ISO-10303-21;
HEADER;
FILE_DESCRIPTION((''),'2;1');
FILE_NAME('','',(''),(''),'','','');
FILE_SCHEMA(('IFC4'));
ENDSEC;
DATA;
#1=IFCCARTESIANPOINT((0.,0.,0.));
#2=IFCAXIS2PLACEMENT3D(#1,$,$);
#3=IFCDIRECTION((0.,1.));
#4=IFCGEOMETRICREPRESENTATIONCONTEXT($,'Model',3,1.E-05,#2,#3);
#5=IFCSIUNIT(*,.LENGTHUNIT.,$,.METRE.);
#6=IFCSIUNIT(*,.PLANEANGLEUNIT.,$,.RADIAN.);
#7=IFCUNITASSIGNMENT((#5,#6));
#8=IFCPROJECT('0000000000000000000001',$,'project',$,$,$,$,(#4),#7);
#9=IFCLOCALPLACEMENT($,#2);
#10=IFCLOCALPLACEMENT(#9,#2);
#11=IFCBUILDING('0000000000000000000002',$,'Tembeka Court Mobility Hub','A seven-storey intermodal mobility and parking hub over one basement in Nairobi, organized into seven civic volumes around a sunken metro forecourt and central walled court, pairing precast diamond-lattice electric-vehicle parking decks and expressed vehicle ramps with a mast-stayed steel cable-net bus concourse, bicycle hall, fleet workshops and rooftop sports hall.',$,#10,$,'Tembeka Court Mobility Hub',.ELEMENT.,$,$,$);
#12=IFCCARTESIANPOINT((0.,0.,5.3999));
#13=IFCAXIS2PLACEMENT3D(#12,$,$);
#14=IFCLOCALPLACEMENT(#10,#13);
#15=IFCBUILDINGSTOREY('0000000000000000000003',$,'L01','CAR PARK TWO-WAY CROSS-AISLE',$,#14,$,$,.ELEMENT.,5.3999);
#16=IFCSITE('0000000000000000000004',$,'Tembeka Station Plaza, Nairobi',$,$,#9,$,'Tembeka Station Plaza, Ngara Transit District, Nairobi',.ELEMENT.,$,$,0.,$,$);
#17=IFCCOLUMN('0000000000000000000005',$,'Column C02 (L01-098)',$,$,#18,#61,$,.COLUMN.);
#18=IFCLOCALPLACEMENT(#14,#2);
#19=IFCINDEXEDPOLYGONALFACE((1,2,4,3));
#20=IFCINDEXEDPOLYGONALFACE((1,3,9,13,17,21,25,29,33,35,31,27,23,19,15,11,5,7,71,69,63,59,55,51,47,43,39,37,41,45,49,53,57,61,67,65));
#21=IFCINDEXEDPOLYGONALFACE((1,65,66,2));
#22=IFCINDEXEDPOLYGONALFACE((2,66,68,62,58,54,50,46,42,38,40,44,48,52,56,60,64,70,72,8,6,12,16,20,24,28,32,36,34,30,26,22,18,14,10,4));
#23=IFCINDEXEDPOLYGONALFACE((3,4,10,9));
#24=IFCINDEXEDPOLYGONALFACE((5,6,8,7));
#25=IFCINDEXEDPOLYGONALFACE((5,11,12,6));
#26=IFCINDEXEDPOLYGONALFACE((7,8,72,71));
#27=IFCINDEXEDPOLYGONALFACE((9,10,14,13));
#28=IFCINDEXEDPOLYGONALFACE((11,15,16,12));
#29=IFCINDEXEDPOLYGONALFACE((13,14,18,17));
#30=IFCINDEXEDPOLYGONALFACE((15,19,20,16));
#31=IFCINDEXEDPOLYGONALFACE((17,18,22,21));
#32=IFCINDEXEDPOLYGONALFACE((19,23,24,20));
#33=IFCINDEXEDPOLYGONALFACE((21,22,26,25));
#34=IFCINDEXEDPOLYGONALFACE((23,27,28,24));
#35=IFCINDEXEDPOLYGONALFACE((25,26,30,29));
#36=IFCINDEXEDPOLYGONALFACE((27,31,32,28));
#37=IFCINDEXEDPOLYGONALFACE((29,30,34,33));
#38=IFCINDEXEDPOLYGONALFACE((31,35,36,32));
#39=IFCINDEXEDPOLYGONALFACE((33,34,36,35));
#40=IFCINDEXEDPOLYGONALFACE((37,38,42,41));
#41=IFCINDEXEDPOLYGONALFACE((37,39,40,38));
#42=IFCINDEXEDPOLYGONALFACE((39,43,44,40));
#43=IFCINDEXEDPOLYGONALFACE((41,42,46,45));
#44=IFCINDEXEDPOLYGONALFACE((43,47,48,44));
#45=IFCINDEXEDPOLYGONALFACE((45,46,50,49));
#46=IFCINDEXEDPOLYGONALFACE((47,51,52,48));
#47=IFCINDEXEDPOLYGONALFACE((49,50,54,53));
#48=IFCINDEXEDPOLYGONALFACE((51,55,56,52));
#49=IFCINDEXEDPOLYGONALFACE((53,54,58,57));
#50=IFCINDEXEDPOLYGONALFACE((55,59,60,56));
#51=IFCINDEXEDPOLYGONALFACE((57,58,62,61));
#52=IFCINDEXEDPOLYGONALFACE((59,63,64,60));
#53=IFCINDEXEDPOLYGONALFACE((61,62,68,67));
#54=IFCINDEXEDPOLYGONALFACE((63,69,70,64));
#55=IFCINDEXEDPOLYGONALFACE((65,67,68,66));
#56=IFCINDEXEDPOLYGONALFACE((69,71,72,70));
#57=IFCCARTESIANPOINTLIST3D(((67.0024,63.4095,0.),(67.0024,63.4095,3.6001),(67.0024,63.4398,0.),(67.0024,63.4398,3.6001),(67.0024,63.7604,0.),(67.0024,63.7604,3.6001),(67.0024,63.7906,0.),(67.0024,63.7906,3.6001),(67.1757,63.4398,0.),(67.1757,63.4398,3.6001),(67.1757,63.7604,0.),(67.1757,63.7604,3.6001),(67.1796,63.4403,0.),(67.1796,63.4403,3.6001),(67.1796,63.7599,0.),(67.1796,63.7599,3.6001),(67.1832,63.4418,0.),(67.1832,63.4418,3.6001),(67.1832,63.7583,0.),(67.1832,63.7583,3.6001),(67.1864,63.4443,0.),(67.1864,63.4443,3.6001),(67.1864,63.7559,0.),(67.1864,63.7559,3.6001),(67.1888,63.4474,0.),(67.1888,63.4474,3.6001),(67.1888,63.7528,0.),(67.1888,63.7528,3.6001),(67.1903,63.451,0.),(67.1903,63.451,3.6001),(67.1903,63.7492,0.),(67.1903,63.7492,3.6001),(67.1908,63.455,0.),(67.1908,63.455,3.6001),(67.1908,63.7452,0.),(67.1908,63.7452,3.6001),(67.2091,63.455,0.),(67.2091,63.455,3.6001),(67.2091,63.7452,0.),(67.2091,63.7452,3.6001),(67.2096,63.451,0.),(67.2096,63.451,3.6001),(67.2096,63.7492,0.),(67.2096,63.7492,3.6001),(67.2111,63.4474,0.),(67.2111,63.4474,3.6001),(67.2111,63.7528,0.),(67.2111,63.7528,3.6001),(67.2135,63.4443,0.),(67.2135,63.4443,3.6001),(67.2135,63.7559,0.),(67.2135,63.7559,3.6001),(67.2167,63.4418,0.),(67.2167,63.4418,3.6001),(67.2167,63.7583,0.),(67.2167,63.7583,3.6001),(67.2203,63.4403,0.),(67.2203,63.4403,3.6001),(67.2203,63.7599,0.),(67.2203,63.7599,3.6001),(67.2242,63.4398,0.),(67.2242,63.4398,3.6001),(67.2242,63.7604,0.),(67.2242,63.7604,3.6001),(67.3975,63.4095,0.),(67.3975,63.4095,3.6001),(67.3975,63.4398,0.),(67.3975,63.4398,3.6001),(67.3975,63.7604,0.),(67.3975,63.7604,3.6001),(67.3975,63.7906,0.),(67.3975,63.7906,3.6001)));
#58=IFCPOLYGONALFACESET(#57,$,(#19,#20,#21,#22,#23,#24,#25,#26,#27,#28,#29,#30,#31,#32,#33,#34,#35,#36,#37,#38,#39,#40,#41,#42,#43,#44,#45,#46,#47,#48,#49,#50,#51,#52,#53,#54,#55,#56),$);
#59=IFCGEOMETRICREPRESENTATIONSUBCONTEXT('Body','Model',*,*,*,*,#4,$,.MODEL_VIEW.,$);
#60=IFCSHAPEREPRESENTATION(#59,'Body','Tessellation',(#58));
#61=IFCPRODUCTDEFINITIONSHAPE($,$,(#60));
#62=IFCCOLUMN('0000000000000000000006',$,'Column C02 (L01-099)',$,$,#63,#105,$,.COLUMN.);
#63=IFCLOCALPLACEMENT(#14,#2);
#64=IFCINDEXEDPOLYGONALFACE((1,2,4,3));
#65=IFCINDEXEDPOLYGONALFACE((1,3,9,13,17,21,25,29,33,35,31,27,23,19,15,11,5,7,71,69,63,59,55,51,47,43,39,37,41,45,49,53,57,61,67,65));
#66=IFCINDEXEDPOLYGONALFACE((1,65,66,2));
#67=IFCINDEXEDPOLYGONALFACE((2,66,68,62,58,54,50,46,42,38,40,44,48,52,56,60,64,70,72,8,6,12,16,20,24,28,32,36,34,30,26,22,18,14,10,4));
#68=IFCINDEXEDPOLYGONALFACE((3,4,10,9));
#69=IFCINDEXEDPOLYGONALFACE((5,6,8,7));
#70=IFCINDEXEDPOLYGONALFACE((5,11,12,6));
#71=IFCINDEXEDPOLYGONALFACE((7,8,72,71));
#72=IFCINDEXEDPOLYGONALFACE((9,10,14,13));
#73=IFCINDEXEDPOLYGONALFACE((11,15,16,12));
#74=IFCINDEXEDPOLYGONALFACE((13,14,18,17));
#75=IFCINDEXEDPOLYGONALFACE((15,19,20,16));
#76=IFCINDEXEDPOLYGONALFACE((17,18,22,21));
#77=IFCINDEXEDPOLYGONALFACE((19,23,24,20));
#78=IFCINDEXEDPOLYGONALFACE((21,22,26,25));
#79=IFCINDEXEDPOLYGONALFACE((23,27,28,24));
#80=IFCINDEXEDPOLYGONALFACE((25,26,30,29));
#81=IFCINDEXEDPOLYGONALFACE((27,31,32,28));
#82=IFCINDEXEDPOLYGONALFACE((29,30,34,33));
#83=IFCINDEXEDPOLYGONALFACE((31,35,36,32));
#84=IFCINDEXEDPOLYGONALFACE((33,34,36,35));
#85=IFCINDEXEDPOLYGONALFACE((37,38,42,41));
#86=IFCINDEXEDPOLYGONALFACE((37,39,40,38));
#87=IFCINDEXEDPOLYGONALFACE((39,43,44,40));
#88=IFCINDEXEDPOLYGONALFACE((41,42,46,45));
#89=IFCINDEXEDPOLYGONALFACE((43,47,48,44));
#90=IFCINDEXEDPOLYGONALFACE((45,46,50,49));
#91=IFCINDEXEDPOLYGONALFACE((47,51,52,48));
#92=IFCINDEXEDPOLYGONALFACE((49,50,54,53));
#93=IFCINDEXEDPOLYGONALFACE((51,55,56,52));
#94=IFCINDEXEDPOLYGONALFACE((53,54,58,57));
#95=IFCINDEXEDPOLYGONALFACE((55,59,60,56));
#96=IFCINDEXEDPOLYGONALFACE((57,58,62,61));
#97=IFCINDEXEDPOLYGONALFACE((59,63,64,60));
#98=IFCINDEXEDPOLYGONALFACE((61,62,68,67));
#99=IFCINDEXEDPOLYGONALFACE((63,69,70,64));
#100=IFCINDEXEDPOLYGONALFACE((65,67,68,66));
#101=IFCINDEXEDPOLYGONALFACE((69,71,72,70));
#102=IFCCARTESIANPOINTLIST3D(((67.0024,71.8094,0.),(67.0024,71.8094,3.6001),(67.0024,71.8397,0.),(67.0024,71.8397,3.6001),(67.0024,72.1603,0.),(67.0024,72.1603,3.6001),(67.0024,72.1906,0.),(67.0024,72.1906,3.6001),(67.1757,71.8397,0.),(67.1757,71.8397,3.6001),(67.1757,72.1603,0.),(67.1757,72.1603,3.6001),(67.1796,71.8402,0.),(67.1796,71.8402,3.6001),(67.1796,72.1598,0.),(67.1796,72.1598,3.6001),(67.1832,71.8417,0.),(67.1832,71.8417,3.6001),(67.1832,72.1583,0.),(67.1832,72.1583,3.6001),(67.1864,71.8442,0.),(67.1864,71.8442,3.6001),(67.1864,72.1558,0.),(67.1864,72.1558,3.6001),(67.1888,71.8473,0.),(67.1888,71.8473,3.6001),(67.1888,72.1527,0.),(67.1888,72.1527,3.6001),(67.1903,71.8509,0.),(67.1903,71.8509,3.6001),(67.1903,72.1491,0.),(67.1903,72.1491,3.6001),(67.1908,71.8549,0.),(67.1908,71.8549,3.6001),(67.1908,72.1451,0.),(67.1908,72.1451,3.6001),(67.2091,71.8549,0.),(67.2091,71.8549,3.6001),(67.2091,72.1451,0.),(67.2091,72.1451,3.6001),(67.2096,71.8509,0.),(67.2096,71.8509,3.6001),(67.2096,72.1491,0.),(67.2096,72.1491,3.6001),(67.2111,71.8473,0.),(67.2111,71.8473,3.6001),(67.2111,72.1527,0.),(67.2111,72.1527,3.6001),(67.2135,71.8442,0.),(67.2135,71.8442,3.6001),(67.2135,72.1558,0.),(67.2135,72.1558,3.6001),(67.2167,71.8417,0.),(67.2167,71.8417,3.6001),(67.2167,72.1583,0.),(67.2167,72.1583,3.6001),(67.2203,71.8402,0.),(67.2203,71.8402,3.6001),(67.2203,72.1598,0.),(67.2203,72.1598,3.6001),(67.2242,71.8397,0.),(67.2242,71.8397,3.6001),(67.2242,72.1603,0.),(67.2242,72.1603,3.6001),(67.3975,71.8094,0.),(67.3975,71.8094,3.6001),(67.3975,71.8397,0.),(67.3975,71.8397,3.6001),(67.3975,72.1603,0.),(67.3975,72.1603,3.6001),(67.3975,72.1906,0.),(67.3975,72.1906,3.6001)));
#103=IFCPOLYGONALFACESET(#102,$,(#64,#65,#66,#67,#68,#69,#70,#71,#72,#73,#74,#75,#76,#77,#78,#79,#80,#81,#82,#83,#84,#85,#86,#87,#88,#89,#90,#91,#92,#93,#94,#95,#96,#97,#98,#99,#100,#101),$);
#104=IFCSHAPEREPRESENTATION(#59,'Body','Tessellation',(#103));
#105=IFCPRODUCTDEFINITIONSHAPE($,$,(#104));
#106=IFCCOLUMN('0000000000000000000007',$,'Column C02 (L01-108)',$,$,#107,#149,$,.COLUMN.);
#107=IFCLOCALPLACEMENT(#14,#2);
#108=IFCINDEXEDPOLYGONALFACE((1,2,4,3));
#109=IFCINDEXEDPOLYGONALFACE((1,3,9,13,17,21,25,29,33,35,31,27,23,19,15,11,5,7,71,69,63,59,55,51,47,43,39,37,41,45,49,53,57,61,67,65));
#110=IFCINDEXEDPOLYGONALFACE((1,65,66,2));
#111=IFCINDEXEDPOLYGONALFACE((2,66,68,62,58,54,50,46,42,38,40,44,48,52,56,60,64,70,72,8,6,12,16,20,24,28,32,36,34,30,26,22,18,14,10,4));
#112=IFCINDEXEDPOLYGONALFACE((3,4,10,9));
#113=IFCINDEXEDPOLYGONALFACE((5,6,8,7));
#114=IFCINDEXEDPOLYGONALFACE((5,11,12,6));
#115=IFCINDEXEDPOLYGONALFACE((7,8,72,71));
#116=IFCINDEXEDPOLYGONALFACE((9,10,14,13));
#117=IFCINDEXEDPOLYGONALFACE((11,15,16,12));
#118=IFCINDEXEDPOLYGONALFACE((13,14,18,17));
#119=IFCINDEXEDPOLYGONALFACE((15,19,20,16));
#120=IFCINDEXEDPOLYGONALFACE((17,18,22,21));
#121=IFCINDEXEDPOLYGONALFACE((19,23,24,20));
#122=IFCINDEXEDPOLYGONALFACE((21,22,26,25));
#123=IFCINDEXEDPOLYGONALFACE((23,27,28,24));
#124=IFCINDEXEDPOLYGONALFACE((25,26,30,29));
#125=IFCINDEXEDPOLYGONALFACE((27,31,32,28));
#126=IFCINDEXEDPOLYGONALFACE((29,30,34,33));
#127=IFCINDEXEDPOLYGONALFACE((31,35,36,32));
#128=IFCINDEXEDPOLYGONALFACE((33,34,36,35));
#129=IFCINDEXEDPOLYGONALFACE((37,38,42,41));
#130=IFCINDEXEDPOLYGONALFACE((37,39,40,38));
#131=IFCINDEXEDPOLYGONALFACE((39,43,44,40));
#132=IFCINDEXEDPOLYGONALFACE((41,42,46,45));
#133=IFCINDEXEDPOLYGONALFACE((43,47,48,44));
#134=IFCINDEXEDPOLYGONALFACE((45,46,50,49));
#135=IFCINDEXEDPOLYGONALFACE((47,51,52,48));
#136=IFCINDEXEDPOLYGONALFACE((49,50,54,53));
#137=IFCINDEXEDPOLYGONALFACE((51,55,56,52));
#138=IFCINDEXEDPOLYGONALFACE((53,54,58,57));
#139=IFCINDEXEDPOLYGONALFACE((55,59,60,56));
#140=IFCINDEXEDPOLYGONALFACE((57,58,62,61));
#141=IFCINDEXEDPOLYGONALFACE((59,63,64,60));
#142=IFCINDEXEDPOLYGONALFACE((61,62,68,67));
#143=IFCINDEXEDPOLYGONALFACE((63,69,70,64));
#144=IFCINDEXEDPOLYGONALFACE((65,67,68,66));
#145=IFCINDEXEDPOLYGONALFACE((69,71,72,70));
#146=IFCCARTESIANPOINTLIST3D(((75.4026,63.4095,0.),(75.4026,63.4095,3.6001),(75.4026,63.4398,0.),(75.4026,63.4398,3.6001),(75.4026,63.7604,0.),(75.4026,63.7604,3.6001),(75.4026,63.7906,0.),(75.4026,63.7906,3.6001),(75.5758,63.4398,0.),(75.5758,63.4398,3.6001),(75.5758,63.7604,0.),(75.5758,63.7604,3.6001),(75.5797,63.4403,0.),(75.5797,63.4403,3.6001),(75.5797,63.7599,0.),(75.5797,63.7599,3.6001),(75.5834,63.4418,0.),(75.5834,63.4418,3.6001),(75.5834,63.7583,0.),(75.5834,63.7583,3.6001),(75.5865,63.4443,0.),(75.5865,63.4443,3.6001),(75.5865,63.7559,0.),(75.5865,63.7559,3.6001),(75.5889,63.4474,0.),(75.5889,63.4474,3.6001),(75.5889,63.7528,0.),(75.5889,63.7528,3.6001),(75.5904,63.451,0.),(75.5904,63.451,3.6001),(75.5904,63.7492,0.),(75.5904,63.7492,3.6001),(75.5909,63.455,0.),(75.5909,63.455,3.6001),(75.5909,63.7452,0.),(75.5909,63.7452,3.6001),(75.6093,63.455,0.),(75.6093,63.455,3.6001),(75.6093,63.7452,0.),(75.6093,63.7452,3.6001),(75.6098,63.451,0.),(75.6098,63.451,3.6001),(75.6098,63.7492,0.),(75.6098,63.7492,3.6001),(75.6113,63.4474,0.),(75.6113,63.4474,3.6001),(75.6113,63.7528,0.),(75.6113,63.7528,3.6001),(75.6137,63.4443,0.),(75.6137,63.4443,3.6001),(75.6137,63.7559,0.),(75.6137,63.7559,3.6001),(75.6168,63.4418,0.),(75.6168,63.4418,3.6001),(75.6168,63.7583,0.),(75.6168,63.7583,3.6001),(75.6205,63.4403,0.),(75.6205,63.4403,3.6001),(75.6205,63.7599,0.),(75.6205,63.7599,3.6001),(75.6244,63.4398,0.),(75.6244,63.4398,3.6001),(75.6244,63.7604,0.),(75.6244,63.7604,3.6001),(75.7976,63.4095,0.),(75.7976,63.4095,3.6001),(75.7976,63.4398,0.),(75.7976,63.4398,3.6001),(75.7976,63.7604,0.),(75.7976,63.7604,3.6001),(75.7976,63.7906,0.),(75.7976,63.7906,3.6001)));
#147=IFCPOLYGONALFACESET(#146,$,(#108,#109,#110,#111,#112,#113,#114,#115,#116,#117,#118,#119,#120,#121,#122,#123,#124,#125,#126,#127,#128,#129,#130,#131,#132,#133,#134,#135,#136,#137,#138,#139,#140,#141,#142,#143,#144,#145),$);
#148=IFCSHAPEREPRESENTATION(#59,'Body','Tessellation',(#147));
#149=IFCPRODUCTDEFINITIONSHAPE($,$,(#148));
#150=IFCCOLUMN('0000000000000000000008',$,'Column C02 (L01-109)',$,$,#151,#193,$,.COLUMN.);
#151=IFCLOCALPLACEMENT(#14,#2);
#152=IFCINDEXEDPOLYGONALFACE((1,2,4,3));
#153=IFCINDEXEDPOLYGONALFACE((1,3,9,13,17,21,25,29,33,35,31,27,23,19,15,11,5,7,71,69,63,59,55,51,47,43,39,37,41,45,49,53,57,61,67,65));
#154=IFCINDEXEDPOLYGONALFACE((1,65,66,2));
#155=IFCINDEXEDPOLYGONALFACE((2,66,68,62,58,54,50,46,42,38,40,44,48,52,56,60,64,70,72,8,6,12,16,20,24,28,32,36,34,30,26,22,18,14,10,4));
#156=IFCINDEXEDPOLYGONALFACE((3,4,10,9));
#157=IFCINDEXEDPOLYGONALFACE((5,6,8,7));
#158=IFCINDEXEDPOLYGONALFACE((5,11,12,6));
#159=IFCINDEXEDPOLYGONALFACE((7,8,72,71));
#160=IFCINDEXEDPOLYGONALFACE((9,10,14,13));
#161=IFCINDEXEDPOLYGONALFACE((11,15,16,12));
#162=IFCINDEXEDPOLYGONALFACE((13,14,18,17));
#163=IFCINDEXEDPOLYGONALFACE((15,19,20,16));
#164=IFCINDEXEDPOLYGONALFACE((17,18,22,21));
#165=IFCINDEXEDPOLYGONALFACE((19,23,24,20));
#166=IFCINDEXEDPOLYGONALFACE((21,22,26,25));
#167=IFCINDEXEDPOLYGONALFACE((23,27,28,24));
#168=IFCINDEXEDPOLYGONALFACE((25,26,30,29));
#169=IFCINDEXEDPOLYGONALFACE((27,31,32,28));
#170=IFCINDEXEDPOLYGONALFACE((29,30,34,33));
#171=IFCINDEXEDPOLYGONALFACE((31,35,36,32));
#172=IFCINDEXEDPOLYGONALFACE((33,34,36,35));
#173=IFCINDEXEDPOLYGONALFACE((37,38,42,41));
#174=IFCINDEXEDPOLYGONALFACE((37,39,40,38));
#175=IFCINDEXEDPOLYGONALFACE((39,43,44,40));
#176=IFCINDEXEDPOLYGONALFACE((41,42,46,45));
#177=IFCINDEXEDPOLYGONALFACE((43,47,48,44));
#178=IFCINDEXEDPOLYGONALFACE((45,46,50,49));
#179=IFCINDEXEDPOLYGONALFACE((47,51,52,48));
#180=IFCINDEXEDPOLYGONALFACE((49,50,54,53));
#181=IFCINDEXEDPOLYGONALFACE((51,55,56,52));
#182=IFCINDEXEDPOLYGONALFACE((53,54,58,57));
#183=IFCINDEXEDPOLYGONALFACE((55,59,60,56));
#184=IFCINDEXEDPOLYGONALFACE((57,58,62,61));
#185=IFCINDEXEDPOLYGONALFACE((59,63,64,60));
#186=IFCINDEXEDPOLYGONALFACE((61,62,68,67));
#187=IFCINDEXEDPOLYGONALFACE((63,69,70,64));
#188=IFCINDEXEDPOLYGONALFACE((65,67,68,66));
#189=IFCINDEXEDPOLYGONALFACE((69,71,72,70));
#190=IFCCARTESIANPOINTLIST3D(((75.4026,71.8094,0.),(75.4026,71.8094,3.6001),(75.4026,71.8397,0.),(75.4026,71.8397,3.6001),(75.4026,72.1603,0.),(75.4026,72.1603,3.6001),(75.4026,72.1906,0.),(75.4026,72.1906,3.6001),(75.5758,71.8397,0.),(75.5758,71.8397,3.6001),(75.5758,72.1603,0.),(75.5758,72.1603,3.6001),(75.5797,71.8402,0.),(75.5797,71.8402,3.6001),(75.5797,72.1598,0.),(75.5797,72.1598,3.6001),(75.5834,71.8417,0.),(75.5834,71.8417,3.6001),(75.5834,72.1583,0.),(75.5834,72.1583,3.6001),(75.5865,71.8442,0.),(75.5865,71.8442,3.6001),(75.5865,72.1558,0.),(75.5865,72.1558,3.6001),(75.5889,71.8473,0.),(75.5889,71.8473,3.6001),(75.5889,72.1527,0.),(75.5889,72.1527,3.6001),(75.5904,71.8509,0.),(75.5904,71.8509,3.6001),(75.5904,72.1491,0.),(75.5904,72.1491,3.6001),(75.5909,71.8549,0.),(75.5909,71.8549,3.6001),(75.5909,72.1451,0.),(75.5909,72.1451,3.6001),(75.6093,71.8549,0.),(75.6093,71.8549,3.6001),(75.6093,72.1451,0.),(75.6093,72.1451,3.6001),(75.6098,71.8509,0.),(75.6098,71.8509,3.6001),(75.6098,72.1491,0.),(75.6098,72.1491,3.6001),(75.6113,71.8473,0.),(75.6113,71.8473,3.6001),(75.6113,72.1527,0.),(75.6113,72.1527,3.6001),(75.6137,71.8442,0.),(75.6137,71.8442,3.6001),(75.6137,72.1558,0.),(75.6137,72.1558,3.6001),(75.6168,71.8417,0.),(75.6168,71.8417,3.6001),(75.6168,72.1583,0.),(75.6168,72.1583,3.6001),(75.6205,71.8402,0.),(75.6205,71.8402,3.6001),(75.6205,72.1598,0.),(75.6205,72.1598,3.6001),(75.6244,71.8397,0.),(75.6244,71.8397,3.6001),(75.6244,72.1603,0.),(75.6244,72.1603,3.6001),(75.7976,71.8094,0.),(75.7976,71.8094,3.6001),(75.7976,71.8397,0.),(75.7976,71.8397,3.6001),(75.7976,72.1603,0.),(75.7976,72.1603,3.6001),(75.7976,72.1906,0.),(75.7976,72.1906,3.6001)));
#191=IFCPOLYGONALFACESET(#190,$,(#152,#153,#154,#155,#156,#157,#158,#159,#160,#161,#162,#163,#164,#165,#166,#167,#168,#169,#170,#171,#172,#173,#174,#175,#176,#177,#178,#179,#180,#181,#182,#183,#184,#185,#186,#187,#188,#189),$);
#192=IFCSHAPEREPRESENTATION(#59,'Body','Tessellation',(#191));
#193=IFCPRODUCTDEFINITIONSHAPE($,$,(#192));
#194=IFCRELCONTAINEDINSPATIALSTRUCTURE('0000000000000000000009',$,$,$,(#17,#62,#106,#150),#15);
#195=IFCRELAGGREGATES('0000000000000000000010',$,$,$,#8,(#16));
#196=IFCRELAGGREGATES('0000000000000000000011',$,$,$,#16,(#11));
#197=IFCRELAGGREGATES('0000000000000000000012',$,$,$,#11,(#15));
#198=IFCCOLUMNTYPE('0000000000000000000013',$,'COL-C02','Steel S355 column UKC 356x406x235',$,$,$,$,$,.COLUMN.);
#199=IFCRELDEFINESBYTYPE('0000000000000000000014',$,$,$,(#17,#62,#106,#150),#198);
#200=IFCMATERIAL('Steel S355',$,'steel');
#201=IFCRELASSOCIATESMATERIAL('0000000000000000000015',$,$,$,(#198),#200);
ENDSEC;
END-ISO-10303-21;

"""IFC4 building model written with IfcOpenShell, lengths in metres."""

from ifc_helpers import new_model, si_unit, direction, frame, origin, origin_2d, place, context, subcontext, project, spatial, i_section, extrude, material, material_profile, profile_set, type_object, element, save


model = new_model("IFC4")

# Units and contexts
model_context = context("Model", 3, precision=1e-05, world=origin(), true_north=direction((0.0, 1.0)))
body_context = subcontext(model_context, "Body", "Model", "MODEL_VIEW")
ifc_project = project(units=[si_unit("LENGTHUNIT", "METRE"), si_unit("PLANEANGLEUNIT", "RADIAN")], contexts=[model_context])

# Site, building, storey
site_placement = place(None, origin())
site = spatial("IfcSite", under=ifc_project, at=site_placement, Name="Tembeka Station Plaza, Nairobi", LongName="Tembeka Station Plaza, Ngara Transit District, Nairobi", CompositionType="ELEMENT", RefElevation=0.0)
building_placement = place(site_placement, origin())
building = spatial("IfcBuilding", under=site, at=building_placement, Name="Tembeka Court Mobility Hub", Description="A seven-storey intermodal mobility and parking hub over one basement in Nairobi, organized into seven civic volumes around a sunken metro forecourt and central walled court, pairing precast diamond-lattice electric-vehicle parking decks and expressed vehicle ramps with a mast-stayed steel cable-net bus concourse, bicycle hall, fleet workshops and rooftop sports hall.", LongName="Tembeka Court Mobility Hub", CompositionType="ELEMENT")
storey_placement = place(building_placement, frame((0.0, 0.0, 5.3999)))
storey = spatial("IfcBuildingStorey", under=building, at=storey_placement, Name="L01", Description="CAR PARK TWO-WAY CROSS-AISLE", CompositionType="ELEMENT", Elevation=5.3999)

# Columns
ifc_material = material(Name="Steel S355", Category="steel")
ifc_material_profile_1 = material_profile(ifc_material, i_section(OverallWidth=0.395, OverallDepth=0.3811, WebThickness=0.0183, FlangeThickness=0.0303, FilletRadius=0.0151, at=origin_2d()), Name="UKC 356x406x235")
ifc_profile_set_1 = profile_set([ifc_material_profile_1], Name="Steel S355")
column_type = type_object("IfcColumnType", Name="COL-C02", Description="Steel S355 column UKC 356x406x235", PredefinedType="COLUMN", material=ifc_profile_set_1)
for number, where, z_axis, x_axis, name in (
    (1, (67.2, 63.6001, 0.0), (0.0, 0.0, 1.0), (1.0, 0.0, 0.0), "Column C02 (L01-098)"),
    (2, (67.2, 72.0, 0.0), (0.0, 0.0, 1.0), (1.0, 0.0, 0.0), "Column C02 (L01-099)"),
    (3, (75.6001, 63.6001, 0.0), (0.0, 0.0, 1.0), (1.0, 0.0, 0.0), "Column C02 (L01-108)"),
    (4, (75.6001, 72.0, 0.0), (0.0, 0.0, 1.0), (1.0, 0.0, 0.0), "Column C02 (L01-109)"),
):
    element("IfcColumn", number, at=place(storey_placement, frame(where, z_axis=z_axis, x_axis=x_axis)), inside=storey, type_object=column_type, Name=name, PredefinedType="COLUMN", context=body_context, shape_type="SweptSolid", body=[
        extrude(i_section(OverallWidth=0.395, OverallDepth=0.3811, WebThickness=0.0183, FlangeThickness=0.0303, FilletRadius=0.0151, at=origin_2d()), origin(), (0.0, 0.0, 1.0), 3.6001),
    ])

save(model, "model.ifc")
